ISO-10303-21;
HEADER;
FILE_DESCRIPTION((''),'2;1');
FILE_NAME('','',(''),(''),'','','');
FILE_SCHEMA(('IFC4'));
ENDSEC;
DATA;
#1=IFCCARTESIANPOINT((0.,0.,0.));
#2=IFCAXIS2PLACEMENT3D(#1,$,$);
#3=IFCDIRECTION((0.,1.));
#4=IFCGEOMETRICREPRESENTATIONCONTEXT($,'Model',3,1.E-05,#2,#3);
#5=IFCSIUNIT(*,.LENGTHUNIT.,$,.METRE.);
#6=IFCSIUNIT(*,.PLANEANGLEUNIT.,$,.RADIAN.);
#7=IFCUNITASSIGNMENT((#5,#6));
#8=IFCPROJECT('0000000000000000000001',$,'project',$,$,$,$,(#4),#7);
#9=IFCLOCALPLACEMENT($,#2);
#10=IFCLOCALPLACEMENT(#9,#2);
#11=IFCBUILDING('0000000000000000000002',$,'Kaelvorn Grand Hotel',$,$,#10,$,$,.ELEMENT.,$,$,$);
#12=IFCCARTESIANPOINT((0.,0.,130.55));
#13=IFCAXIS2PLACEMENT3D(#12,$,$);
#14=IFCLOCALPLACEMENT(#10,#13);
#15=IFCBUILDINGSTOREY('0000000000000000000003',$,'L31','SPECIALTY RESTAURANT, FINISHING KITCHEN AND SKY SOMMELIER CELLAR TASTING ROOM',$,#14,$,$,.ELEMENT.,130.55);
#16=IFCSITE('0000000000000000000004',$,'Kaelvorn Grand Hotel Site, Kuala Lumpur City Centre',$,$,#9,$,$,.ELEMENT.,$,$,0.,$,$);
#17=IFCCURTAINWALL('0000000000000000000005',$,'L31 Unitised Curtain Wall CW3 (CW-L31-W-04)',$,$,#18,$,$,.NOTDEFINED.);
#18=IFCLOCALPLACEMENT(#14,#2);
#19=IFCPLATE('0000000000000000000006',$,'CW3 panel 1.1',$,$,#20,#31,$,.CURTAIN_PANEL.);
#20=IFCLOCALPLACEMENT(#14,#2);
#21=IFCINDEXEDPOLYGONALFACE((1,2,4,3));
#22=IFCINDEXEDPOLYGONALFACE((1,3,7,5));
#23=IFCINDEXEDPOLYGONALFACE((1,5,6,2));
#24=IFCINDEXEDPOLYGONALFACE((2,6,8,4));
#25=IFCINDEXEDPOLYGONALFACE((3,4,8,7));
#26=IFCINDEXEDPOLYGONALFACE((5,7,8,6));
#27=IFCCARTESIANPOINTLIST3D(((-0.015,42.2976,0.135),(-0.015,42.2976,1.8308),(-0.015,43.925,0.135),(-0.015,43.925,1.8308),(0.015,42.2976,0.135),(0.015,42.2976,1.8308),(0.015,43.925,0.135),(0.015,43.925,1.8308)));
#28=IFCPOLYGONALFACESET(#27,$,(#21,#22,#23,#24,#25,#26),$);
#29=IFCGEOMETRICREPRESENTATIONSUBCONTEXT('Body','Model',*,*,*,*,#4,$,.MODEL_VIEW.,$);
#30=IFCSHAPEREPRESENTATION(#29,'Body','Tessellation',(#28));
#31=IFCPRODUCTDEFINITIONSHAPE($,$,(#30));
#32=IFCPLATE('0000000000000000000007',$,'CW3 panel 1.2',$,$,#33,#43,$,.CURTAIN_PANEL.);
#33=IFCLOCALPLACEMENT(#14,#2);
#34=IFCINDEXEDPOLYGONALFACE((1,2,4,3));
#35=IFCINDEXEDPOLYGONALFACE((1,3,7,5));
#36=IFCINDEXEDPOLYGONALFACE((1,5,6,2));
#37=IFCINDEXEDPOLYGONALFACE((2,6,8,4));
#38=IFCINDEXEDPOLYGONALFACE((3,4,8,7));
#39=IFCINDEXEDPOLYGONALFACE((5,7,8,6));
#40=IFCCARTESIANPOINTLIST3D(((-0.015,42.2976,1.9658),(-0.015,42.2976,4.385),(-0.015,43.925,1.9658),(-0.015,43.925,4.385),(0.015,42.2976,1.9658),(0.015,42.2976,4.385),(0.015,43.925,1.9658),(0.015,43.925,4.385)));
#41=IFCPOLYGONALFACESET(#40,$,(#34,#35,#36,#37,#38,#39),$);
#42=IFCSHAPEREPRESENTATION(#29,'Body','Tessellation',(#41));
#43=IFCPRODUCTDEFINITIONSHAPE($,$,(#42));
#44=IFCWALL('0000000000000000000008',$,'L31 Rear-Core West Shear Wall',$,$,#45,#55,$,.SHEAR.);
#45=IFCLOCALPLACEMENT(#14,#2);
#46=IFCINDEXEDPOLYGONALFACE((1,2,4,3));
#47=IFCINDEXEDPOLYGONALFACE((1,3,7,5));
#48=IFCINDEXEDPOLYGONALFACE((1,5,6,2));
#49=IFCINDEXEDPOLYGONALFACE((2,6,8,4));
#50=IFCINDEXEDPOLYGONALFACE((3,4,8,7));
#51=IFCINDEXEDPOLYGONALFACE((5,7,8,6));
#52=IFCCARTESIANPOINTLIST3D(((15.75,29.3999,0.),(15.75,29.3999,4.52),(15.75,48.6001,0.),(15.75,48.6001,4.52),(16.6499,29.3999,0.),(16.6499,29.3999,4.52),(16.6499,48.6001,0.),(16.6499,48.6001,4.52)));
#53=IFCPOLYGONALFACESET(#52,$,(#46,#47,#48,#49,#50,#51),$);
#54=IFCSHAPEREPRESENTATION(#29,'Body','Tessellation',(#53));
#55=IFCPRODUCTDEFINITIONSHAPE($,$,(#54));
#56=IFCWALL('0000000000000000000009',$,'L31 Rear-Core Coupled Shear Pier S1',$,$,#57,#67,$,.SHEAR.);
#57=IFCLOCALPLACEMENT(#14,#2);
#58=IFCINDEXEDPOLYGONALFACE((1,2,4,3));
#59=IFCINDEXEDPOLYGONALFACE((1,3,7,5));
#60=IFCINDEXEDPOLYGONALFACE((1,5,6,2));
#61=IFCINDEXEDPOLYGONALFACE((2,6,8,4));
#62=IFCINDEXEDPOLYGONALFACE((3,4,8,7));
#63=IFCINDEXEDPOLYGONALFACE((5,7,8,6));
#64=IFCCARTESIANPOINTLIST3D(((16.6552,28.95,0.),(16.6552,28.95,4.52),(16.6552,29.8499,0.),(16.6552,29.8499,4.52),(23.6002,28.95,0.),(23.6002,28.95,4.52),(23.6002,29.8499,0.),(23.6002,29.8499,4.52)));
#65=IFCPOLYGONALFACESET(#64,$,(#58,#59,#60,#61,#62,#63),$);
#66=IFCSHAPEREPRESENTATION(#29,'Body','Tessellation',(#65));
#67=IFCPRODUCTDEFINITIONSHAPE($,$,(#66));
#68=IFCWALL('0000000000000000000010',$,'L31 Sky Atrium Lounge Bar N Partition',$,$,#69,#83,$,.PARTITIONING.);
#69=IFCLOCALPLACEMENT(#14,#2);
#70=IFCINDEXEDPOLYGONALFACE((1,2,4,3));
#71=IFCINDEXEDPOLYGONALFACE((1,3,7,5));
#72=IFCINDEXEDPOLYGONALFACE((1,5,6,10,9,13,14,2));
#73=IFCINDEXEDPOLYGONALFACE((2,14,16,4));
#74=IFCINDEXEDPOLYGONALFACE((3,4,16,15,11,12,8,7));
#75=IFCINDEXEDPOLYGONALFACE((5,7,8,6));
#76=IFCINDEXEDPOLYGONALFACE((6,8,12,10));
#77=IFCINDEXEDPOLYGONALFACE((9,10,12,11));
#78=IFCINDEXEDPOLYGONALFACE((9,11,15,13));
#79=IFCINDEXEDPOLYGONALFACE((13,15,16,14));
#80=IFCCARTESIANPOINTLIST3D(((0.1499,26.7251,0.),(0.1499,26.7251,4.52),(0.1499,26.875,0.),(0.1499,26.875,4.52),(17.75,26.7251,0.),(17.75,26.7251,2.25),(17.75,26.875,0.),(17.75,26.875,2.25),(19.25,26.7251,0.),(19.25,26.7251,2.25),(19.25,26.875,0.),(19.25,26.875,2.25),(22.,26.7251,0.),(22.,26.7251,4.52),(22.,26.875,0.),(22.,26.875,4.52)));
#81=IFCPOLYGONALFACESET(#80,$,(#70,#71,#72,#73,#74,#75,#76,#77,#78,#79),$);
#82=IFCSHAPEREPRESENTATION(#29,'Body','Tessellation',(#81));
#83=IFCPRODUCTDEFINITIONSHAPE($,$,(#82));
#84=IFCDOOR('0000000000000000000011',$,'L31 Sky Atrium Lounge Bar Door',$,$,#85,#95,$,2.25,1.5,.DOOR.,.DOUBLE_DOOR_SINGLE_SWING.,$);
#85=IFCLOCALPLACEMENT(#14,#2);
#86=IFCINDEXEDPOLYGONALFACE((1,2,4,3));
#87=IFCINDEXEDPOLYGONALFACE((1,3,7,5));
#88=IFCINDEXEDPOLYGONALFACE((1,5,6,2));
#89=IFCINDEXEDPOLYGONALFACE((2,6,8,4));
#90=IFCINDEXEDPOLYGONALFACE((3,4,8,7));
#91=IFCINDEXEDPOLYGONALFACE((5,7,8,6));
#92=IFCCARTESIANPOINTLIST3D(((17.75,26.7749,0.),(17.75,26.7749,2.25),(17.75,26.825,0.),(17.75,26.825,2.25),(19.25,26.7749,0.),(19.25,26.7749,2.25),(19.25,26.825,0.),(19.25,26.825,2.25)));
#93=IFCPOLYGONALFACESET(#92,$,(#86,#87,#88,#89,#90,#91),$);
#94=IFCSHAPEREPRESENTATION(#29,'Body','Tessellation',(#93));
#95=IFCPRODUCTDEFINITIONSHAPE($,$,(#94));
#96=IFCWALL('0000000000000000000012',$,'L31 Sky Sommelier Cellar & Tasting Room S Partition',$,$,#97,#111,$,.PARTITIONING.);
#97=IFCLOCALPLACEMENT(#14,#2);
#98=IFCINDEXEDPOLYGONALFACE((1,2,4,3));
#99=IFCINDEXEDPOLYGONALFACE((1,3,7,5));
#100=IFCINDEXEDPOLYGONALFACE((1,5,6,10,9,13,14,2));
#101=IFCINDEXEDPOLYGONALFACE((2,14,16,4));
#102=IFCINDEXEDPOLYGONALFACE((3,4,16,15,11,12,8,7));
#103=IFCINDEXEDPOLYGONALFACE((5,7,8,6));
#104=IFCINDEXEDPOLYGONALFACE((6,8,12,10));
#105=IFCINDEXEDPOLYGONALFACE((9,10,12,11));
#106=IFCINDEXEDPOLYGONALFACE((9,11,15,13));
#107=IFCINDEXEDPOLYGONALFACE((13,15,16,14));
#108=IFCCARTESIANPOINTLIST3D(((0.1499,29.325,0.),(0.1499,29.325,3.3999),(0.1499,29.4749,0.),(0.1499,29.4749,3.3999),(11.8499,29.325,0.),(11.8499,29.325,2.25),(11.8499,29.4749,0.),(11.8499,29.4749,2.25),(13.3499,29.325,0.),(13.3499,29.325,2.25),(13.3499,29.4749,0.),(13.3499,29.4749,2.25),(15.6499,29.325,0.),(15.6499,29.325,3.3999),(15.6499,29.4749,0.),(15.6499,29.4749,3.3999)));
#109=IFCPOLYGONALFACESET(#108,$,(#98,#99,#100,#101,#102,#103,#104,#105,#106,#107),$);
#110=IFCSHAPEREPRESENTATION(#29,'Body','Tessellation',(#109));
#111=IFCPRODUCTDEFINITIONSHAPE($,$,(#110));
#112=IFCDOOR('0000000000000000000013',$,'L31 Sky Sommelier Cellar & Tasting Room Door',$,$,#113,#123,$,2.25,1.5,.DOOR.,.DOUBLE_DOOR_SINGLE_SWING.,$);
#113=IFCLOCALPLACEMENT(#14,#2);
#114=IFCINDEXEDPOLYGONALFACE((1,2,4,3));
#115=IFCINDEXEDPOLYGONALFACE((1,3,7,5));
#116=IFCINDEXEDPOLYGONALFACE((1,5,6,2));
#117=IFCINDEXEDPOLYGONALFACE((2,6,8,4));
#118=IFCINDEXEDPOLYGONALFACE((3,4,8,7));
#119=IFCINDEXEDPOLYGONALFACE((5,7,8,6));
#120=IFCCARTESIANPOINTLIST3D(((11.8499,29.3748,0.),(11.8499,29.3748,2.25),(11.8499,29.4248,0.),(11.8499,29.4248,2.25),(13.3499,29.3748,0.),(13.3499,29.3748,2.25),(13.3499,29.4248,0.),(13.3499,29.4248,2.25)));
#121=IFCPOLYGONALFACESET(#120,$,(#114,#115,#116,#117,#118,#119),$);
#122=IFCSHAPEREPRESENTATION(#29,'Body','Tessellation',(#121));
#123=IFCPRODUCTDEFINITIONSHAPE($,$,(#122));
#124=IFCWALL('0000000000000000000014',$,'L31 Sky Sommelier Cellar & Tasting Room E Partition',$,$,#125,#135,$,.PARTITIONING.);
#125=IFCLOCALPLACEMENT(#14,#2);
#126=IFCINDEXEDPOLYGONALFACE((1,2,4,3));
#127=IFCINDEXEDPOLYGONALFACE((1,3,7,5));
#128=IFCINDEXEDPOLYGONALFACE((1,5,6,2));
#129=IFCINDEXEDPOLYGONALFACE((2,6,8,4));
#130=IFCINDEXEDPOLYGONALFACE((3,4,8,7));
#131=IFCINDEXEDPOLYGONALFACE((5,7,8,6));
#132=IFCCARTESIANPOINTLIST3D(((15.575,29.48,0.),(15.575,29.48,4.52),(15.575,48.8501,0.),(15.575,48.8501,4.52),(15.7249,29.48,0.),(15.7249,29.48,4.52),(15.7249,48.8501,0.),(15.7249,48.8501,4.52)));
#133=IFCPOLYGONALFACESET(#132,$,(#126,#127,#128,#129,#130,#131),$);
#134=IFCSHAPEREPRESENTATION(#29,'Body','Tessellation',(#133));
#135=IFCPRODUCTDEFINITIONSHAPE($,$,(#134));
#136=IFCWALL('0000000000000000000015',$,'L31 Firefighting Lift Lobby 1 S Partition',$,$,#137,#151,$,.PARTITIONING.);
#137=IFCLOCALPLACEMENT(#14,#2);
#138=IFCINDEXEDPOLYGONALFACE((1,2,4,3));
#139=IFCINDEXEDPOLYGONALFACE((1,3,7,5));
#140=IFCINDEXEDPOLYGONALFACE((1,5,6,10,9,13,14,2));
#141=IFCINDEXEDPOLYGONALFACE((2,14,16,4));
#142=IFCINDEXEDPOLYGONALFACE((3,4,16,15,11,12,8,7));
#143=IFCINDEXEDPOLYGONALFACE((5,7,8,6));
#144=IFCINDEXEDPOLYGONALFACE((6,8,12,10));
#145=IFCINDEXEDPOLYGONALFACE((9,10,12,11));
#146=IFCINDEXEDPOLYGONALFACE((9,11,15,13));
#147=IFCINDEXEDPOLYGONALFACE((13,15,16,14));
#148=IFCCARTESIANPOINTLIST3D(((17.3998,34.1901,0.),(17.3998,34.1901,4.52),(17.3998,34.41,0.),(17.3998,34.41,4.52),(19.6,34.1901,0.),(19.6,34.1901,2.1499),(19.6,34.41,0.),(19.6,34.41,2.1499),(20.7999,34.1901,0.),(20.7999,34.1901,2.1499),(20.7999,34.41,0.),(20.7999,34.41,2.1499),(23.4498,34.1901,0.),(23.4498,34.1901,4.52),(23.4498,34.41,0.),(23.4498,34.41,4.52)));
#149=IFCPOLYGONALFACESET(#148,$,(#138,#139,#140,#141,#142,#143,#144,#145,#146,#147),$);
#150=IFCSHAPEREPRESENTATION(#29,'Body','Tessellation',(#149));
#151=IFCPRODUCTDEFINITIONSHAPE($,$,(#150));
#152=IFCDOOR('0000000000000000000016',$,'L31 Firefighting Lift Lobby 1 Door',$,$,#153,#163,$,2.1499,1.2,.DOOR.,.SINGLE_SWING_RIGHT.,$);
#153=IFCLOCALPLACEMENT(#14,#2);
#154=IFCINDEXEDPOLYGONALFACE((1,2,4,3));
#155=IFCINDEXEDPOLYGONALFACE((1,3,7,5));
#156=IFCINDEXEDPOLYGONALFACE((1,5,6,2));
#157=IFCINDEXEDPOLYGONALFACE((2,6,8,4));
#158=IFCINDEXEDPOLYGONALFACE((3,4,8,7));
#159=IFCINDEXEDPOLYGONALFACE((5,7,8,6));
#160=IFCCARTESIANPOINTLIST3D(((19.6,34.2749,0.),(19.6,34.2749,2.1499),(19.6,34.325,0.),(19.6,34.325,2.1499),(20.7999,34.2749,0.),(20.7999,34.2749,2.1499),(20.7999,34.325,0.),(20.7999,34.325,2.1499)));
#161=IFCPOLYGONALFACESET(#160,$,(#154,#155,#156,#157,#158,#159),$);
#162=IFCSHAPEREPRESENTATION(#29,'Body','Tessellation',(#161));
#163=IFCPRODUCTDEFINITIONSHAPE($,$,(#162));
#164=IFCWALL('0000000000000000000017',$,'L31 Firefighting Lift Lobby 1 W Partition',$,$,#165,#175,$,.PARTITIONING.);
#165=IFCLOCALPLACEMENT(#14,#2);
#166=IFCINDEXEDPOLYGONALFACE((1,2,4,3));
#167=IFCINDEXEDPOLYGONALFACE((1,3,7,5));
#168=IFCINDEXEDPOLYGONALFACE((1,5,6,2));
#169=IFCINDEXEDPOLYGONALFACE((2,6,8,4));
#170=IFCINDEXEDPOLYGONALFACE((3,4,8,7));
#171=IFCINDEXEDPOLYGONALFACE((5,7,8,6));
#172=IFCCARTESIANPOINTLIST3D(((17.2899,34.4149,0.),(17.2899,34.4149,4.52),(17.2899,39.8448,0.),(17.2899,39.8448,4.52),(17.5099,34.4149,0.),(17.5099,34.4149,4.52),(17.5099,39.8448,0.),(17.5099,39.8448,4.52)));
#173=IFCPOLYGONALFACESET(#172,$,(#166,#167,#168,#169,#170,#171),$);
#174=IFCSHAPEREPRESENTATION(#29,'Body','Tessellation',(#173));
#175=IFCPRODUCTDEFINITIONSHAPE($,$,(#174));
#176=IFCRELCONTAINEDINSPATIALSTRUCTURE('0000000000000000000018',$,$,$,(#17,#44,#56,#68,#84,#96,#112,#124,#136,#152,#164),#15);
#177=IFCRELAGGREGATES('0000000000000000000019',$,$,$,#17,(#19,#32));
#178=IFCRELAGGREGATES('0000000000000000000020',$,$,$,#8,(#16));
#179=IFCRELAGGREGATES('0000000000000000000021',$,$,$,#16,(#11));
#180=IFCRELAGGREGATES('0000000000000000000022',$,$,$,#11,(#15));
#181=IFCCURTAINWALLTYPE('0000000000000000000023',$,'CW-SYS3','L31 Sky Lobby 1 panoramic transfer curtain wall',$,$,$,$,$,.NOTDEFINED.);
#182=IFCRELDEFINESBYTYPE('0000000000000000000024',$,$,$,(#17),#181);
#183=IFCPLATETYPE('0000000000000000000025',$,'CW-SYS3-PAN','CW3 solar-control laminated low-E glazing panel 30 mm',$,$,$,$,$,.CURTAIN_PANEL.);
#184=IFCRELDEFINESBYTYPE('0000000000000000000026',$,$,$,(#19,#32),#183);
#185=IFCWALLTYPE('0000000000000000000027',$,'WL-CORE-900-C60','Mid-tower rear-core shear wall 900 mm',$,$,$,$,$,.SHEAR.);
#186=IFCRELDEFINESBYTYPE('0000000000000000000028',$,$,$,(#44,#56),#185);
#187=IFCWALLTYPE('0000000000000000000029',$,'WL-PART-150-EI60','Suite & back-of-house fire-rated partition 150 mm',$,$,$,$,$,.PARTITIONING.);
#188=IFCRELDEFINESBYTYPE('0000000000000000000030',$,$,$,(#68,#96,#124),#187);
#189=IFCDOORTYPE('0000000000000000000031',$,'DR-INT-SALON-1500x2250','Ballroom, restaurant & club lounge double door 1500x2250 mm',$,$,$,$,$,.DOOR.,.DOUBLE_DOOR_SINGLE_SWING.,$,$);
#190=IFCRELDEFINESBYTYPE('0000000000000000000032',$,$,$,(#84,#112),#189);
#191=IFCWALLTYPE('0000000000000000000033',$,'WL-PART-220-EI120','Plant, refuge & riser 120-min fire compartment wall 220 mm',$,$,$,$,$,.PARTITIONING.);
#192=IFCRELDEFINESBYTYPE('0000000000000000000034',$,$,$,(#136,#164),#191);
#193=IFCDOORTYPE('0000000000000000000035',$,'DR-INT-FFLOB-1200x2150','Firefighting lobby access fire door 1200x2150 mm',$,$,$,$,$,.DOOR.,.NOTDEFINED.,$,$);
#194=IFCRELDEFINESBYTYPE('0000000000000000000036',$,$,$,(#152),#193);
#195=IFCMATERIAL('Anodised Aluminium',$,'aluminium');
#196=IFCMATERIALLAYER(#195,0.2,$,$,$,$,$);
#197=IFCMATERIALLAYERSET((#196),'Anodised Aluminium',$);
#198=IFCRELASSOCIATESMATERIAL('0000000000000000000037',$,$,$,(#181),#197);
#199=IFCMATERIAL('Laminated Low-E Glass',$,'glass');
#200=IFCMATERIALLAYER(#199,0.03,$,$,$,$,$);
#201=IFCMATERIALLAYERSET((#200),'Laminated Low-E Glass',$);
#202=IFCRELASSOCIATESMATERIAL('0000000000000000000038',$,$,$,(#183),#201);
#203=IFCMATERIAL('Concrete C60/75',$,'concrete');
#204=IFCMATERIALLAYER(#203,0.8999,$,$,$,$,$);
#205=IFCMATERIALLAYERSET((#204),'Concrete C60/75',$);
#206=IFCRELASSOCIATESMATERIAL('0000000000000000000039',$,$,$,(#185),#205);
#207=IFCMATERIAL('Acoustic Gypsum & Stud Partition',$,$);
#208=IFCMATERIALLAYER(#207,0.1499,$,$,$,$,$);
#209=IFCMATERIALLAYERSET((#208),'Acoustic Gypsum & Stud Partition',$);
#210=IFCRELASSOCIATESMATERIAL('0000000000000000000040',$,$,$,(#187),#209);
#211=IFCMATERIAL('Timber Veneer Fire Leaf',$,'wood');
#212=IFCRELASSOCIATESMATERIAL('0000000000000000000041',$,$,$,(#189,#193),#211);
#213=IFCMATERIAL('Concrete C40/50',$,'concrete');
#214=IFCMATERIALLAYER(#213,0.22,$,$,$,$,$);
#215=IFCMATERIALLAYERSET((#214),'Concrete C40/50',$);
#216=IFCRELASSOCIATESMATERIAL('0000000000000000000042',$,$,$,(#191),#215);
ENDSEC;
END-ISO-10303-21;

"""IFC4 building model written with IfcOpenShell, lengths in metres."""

from ifc_helpers import new_model, si_unit, direction, frame, frame_2d, origin, origin_2d, place, context, subcontext, project, spatial, rectangle, extrude, material, layer, layer_set, type_object, element, fill, aggregate, save


model = new_model("IFC4")

# Units and contexts
model_context = context("Model", 3, precision=1e-05, world=origin(), true_north=direction((0.0, 1.0)))
body_context = subcontext(model_context, "Body", "Model", "MODEL_VIEW")
ifc_project = project(units=[si_unit("LENGTHUNIT", "METRE"), si_unit("PLANEANGLEUNIT", "RADIAN")], contexts=[model_context])

# Site, building, storey
site_placement = place(None, origin())
site = spatial("IfcSite", under=ifc_project, at=site_placement, Name="Kaelvorn Grand Hotel Site, Kuala Lumpur City Centre", CompositionType="ELEMENT", RefElevation=0.0)
building_placement = place(site_placement, origin())
building = spatial("IfcBuilding", under=site, at=building_placement, Name="Kaelvorn Grand Hotel", CompositionType="ELEMENT")
storey_placement = place(building_placement, frame((0.0, 0.0, 130.55)))
storey = spatial("IfcBuildingStorey", under=building, at=storey_placement, Name="L31", Description="SPECIALTY RESTAURANT, FINISHING KITCHEN AND SKY SOMMELIER CELLAR TASTING ROOM", CompositionType="ELEMENT", Elevation=130.55)

# Shared definitions
ifc_material_1 = material(Name="Concrete C60/75", Category="concrete")

# Curtain wall, plates
ifc_material_2 = material(Name="Anodised Aluminium", Category="aluminium")
ifc_layer_1 = layer(ifc_material_2, 0.2)
ifc_layer_set_1 = layer_set([ifc_layer_1], Name="Anodised Aluminium")
curtain_wall_type = type_object("IfcCurtainWallType", Name="CW-SYS3", Description="L31 Sky Lobby 1 panoramic transfer curtain wall", PredefinedType="NOTDEFINED", material=ifc_layer_set_1)
curtain_wall_placement = place(storey_placement, origin())
curtain_wall = element("IfcCurtainWall", 1, at=curtain_wall_placement, inside=storey, type_object=curtain_wall_type, Name="L31 Unitised Curtain Wall CW3 (CW-L31-W-04)", PredefinedType="NOTDEFINED")
ifc_material_3 = material(Name="Laminated Low-E Glass", Category="glass")
ifc_layer_2 = layer(ifc_material_3, 0.03)
ifc_layer_set_2 = layer_set([ifc_layer_2], Name="Laminated Low-E Glass")
plate_type = type_object("IfcPlateType", Name="CW-SYS3-PAN", Description="CW3 solar-control laminated low-E glazing panel 30 mm", PredefinedType="CURTAIN_PANEL", material=ifc_layer_set_2)
plate_1_placement = place(storey_placement, frame((0.0, 43.1113, 0.135), z_axis=(0.0, 0.0, 1.0), x_axis=(0.0, -1.0, 0.0)))
plate_1 = element("IfcPlate", 2, at=plate_1_placement, type_object=plate_type, Name="CW3 panel 1.1", PredefinedType="CURTAIN_PANEL", context=body_context, shape_type="SweptSolid", body=[
    extrude(rectangle(XDim=1.6274, YDim=0.03, at=origin_2d()), origin(), (0.0, 0.0, 1.0), 1.6958),
])
plate_2_placement = place(storey_placement, frame((0.0, 43.1113, 1.9658), z_axis=(0.0, 0.0, 1.0), x_axis=(0.0, -1.0, 0.0)))
plate_2 = element("IfcPlate", 3, at=plate_2_placement, type_object=plate_type, Name="CW3 panel 1.2", PredefinedType="CURTAIN_PANEL", context=body_context, shape_type="SweptSolid", body=[
    extrude(rectangle(XDim=1.6274, YDim=0.03, at=origin_2d()), origin(), (0.0, 0.0, 1.0), 2.4192),
])
aggregate(curtain_wall, [plate_1, plate_2])

# Walls
ifc_layer_3 = layer(ifc_material_1, 0.8999)
ifc_layer_set_3 = layer_set([ifc_layer_3], Name="Concrete C60/75")
wall_type_1 = type_object("IfcWallType", Name="WL-CORE-900-C60", Description="Mid-tower rear-core shear wall 900 mm", PredefinedType="SHEAR", material=ifc_layer_set_3)
wall_1_placement = place(storey_placement, frame((16.2, 29.3999, 0.0), z_axis=(0.0, 0.0, 1.0), x_axis=(0.0, 1.0, 0.0)))
element("IfcWall", 4, at=wall_1_placement, inside=storey, type_object=wall_type_1, Name="L31 Rear-Core West Shear Wall", PredefinedType="SHEAR", context=body_context, shape_type="SweptSolid", body=[
    extrude(rectangle(XDim=19.2002, YDim=0.8999, at=frame_2d((9.6001, 0.0))), origin(), (0.0, 0.0, 1.0), 4.52),
])
wall_2_placement = place(storey_placement, frame((16.655, 29.3999, 0.0), z_axis=(0.0, 0.0, 1.0), x_axis=(1.0, 0.0, 0.0)))
element("IfcWall", 5, at=wall_2_placement, inside=storey, type_object=wall_type_1, Name="L31 Rear-Core Coupled Shear Pier S1", PredefinedType="SHEAR", context=body_context, shape_type="SweptSolid", body=[
    extrude(rectangle(XDim=6.9451, YDim=0.8999, at=frame_2d((3.4727, 0.0))), origin(), (0.0, 0.0, 1.0), 4.52),
])

# Walls, openings, doors
ifc_material_4 = material(Name="Acoustic Gypsum & Stud Partition")
ifc_layer_4 = layer(ifc_material_4, 0.1499)
ifc_layer_set_4 = layer_set([ifc_layer_4], Name="Acoustic Gypsum & Stud Partition")
wall_type_2 = type_object("IfcWallType", Name="WL-PART-150-EI60", Description="Suite & back-of-house fire-rated partition 150 mm", PredefinedType="PARTITIONING", material=ifc_layer_set_4)
wall_3_placement = place(storey_placement, frame((0.1499, 26.8, 0.0), z_axis=(0.0, 0.0, 1.0), x_axis=(1.0, 0.0, 0.0)))
wall_3 = element("IfcWall", 6, at=wall_3_placement, inside=storey, type_object=wall_type_2, Name="L31 Sky Atrium Lounge Bar N Partition", PredefinedType="PARTITIONING", context=body_context, shape_type="SweptSolid", body=[
    extrude(rectangle(XDim=21.8501, YDim=0.1499, at=frame_2d((10.925, 0.0))), origin(), (0.0, 0.0, 1.0), 4.52),
])
opening_1_placement = place(wall_3_placement, frame((17.6001, 0.0, 0.0)))
opening_1 = element("IfcOpeningElement", 7, at=opening_1_placement, cuts=wall_3, PredefinedType="OPENING", context=body_context, shape_type="SweptSolid", body=[
    extrude(rectangle(XDim=1.5, YDim=2.25, at=frame_2d((0.75, 1.125))), frame((0.0, 0.085, 0.0), z_axis=(0.0, -1.0, 0.0), x_axis=(1.0, 0.0, 0.0)), (0.0, 0.0, 1.0), 0.1699),
])
ifc_material_5 = material(Name="Timber Veneer Fire Leaf", Category="wood")
door_type_1 = type_object("IfcDoorType", Name="DR-INT-SALON-1500x2250", Description="Ballroom, restaurant & club lounge double door 1500x2250 mm", OperationType="DOUBLE_DOOR_SINGLE_SWING", PredefinedType="DOOR", material=ifc_material_5)
door_1_placement = place(opening_1_placement, origin())
door_1 = element("IfcDoor", 8, at=door_1_placement, inside=storey, type_object=door_type_1, Name="L31 Sky Atrium Lounge Bar Door", OperationType="DOUBLE_DOOR_SINGLE_SWING", OverallHeight=2.25, OverallWidth=1.5, PredefinedType="DOOR", context=body_context, shape_type="SweptSolid", body=[
    extrude(rectangle(XDim=1.5, YDim=2.25, at=frame_2d((0.75, 1.125))), frame((0.0, 0.0249, 0.0), z_axis=(0.0, -1.0, 0.0), x_axis=(1.0, 0.0, 0.0)), (0.0, 0.0, 1.0), 0.05),
])
fill(opening_1, door_1)
wall_4_placement = place(storey_placement, frame((0.1499, 29.3999, 0.0), z_axis=(0.0, 0.0, 1.0), x_axis=(1.0, 0.0, 0.0)))
wall_4 = element("IfcWall", 9, at=wall_4_placement, inside=storey, type_object=wall_type_2, Name="L31 Sky Sommelier Cellar & Tasting Room S Partition", PredefinedType="PARTITIONING", context=body_context, shape_type="SweptSolid", body=[
    extrude(rectangle(XDim=15.5, YDim=0.1499, at=frame_2d((7.75, 0.0))), origin(), (0.0, 0.0, 1.0), 3.3999),
])
opening_2_placement = place(wall_4_placement, frame((11.7, 0.0, 0.0)))
opening_2 = element("IfcOpeningElement", 10, at=opening_2_placement, cuts=wall_4, PredefinedType="OPENING", context=body_context, shape_type="SweptSolid", body=[
    extrude(rectangle(XDim=1.5, YDim=2.25, at=frame_2d((0.75, 1.125))), frame((0.0, 0.085, 0.0), z_axis=(0.0, -1.0, 0.0), x_axis=(1.0, 0.0, 0.0)), (0.0, 0.0, 1.0), 0.1699),
])
door_2_placement = place(opening_2_placement, origin())
door_2 = element("IfcDoor", 11, at=door_2_placement, inside=storey, type_object=door_type_1, Name="L31 Sky Sommelier Cellar & Tasting Room Door", OperationType="DOUBLE_DOOR_SINGLE_SWING", OverallHeight=2.25, OverallWidth=1.5, PredefinedType="DOOR", context=body_context, shape_type="SweptSolid", body=[
    extrude(rectangle(XDim=1.5, YDim=2.25, at=frame_2d((0.75, 1.125))), frame((0.0, 0.0249, 0.0), z_axis=(0.0, -1.0, 0.0), x_axis=(1.0, 0.0, 0.0)), (0.0, 0.0, 1.0), 0.05),
])
fill(opening_2, door_2)

# Wall
wall_5_placement = place(storey_placement, frame((15.6499, 29.48, 0.0), z_axis=(0.0, 0.0, 1.0), x_axis=(0.0, 1.0, 0.0)))
element("IfcWall", 12, at=wall_5_placement, inside=storey, type_object=wall_type_2, Name="L31 Sky Sommelier Cellar & Tasting Room E Partition", PredefinedType="PARTITIONING", context=body_context, shape_type="SweptSolid", body=[
    extrude(rectangle(XDim=19.3701, YDim=0.1499, at=frame_2d((9.6851, 0.0))), origin(), (0.0, 0.0, 1.0), 4.52),
])

# Wall, opening, door
ifc_material_6 = material(Name="Concrete C40/50", Category="concrete")
ifc_layer_5 = layer(ifc_material_6, 0.22)
ifc_layer_set_5 = layer_set([ifc_layer_5], Name="Concrete C40/50")
wall_type_3 = type_object("IfcWallType", Name="WL-PART-220-EI120", Description="Plant, refuge & riser 120-min fire compartment wall 220 mm", PredefinedType="PARTITIONING", material=ifc_layer_set_5)
wall_6_placement = place(storey_placement, frame((17.3999, 34.3, 0.0), z_axis=(0.0, 0.0, 1.0), x_axis=(1.0, 0.0, 0.0)))
wall_6 = element("IfcWall", 13, at=wall_6_placement, inside=storey, type_object=wall_type_3, Name="L31 Firefighting Lift Lobby 1 S Partition", PredefinedType="PARTITIONING", context=body_context, shape_type="SweptSolid", body=[
    extrude(rectangle(XDim=6.05, YDim=0.22, at=frame_2d((3.0249, 0.0))), origin(), (0.0, 0.0, 1.0), 4.52),
])
opening_3_placement = place(wall_6_placement, frame((2.2, 0.0, 0.0)))
opening_3 = element("IfcOpeningElement", 14, at=opening_3_placement, cuts=wall_6, PredefinedType="OPENING", context=body_context, shape_type="SweptSolid", body=[
    extrude(rectangle(XDim=1.2, YDim=2.1499, at=frame_2d((0.6001, 1.075))), frame((0.0, 0.1201, 0.0), z_axis=(0.0, -1.0, 0.0), x_axis=(1.0, 0.0, 0.0)), (0.0, 0.0, 1.0), 0.24),
])
door_type_2 = type_object("IfcDoorType", Name="DR-INT-FFLOB-1200x2150", Description="Firefighting lobby access fire door 1200x2150 mm", OperationType="NOTDEFINED", PredefinedType="DOOR", material=ifc_material_5)
door_3_placement = place(opening_3_placement, origin())
door_3 = element("IfcDoor", 15, at=door_3_placement, inside=storey, type_object=door_type_2, Name="L31 Firefighting Lift Lobby 1 Door", OperationType="SINGLE_SWING_RIGHT", OverallHeight=2.1499, OverallWidth=1.2, PredefinedType="DOOR", context=body_context, shape_type="SweptSolid", body=[
    extrude(rectangle(XDim=1.2, YDim=2.1499, at=frame_2d((0.6001, 1.075))), frame((0.0, 0.0249, 0.0), z_axis=(0.0, -1.0, 0.0), x_axis=(1.0, 0.0, 0.0)), (0.0, 0.0, 1.0), 0.05),
])
fill(opening_3, door_3)

# Wall
wall_7_placement = place(storey_placement, frame((17.3999, 34.415, 0.0), z_axis=(0.0, 0.0, 1.0), x_axis=(0.0, 1.0, 0.0)))
element("IfcWall", 16, at=wall_7_placement, inside=storey, type_object=wall_type_3, Name="L31 Firefighting Lift Lobby 1 W Partition", PredefinedType="PARTITIONING", context=body_context, shape_type="SweptSolid", body=[
    extrude(rectangle(XDim=5.4299, YDim=0.22, at=frame_2d((2.7148, 0.0))), origin(), (0.0, 0.0, 1.0), 4.52),
])

save(model, "model.ifc")
